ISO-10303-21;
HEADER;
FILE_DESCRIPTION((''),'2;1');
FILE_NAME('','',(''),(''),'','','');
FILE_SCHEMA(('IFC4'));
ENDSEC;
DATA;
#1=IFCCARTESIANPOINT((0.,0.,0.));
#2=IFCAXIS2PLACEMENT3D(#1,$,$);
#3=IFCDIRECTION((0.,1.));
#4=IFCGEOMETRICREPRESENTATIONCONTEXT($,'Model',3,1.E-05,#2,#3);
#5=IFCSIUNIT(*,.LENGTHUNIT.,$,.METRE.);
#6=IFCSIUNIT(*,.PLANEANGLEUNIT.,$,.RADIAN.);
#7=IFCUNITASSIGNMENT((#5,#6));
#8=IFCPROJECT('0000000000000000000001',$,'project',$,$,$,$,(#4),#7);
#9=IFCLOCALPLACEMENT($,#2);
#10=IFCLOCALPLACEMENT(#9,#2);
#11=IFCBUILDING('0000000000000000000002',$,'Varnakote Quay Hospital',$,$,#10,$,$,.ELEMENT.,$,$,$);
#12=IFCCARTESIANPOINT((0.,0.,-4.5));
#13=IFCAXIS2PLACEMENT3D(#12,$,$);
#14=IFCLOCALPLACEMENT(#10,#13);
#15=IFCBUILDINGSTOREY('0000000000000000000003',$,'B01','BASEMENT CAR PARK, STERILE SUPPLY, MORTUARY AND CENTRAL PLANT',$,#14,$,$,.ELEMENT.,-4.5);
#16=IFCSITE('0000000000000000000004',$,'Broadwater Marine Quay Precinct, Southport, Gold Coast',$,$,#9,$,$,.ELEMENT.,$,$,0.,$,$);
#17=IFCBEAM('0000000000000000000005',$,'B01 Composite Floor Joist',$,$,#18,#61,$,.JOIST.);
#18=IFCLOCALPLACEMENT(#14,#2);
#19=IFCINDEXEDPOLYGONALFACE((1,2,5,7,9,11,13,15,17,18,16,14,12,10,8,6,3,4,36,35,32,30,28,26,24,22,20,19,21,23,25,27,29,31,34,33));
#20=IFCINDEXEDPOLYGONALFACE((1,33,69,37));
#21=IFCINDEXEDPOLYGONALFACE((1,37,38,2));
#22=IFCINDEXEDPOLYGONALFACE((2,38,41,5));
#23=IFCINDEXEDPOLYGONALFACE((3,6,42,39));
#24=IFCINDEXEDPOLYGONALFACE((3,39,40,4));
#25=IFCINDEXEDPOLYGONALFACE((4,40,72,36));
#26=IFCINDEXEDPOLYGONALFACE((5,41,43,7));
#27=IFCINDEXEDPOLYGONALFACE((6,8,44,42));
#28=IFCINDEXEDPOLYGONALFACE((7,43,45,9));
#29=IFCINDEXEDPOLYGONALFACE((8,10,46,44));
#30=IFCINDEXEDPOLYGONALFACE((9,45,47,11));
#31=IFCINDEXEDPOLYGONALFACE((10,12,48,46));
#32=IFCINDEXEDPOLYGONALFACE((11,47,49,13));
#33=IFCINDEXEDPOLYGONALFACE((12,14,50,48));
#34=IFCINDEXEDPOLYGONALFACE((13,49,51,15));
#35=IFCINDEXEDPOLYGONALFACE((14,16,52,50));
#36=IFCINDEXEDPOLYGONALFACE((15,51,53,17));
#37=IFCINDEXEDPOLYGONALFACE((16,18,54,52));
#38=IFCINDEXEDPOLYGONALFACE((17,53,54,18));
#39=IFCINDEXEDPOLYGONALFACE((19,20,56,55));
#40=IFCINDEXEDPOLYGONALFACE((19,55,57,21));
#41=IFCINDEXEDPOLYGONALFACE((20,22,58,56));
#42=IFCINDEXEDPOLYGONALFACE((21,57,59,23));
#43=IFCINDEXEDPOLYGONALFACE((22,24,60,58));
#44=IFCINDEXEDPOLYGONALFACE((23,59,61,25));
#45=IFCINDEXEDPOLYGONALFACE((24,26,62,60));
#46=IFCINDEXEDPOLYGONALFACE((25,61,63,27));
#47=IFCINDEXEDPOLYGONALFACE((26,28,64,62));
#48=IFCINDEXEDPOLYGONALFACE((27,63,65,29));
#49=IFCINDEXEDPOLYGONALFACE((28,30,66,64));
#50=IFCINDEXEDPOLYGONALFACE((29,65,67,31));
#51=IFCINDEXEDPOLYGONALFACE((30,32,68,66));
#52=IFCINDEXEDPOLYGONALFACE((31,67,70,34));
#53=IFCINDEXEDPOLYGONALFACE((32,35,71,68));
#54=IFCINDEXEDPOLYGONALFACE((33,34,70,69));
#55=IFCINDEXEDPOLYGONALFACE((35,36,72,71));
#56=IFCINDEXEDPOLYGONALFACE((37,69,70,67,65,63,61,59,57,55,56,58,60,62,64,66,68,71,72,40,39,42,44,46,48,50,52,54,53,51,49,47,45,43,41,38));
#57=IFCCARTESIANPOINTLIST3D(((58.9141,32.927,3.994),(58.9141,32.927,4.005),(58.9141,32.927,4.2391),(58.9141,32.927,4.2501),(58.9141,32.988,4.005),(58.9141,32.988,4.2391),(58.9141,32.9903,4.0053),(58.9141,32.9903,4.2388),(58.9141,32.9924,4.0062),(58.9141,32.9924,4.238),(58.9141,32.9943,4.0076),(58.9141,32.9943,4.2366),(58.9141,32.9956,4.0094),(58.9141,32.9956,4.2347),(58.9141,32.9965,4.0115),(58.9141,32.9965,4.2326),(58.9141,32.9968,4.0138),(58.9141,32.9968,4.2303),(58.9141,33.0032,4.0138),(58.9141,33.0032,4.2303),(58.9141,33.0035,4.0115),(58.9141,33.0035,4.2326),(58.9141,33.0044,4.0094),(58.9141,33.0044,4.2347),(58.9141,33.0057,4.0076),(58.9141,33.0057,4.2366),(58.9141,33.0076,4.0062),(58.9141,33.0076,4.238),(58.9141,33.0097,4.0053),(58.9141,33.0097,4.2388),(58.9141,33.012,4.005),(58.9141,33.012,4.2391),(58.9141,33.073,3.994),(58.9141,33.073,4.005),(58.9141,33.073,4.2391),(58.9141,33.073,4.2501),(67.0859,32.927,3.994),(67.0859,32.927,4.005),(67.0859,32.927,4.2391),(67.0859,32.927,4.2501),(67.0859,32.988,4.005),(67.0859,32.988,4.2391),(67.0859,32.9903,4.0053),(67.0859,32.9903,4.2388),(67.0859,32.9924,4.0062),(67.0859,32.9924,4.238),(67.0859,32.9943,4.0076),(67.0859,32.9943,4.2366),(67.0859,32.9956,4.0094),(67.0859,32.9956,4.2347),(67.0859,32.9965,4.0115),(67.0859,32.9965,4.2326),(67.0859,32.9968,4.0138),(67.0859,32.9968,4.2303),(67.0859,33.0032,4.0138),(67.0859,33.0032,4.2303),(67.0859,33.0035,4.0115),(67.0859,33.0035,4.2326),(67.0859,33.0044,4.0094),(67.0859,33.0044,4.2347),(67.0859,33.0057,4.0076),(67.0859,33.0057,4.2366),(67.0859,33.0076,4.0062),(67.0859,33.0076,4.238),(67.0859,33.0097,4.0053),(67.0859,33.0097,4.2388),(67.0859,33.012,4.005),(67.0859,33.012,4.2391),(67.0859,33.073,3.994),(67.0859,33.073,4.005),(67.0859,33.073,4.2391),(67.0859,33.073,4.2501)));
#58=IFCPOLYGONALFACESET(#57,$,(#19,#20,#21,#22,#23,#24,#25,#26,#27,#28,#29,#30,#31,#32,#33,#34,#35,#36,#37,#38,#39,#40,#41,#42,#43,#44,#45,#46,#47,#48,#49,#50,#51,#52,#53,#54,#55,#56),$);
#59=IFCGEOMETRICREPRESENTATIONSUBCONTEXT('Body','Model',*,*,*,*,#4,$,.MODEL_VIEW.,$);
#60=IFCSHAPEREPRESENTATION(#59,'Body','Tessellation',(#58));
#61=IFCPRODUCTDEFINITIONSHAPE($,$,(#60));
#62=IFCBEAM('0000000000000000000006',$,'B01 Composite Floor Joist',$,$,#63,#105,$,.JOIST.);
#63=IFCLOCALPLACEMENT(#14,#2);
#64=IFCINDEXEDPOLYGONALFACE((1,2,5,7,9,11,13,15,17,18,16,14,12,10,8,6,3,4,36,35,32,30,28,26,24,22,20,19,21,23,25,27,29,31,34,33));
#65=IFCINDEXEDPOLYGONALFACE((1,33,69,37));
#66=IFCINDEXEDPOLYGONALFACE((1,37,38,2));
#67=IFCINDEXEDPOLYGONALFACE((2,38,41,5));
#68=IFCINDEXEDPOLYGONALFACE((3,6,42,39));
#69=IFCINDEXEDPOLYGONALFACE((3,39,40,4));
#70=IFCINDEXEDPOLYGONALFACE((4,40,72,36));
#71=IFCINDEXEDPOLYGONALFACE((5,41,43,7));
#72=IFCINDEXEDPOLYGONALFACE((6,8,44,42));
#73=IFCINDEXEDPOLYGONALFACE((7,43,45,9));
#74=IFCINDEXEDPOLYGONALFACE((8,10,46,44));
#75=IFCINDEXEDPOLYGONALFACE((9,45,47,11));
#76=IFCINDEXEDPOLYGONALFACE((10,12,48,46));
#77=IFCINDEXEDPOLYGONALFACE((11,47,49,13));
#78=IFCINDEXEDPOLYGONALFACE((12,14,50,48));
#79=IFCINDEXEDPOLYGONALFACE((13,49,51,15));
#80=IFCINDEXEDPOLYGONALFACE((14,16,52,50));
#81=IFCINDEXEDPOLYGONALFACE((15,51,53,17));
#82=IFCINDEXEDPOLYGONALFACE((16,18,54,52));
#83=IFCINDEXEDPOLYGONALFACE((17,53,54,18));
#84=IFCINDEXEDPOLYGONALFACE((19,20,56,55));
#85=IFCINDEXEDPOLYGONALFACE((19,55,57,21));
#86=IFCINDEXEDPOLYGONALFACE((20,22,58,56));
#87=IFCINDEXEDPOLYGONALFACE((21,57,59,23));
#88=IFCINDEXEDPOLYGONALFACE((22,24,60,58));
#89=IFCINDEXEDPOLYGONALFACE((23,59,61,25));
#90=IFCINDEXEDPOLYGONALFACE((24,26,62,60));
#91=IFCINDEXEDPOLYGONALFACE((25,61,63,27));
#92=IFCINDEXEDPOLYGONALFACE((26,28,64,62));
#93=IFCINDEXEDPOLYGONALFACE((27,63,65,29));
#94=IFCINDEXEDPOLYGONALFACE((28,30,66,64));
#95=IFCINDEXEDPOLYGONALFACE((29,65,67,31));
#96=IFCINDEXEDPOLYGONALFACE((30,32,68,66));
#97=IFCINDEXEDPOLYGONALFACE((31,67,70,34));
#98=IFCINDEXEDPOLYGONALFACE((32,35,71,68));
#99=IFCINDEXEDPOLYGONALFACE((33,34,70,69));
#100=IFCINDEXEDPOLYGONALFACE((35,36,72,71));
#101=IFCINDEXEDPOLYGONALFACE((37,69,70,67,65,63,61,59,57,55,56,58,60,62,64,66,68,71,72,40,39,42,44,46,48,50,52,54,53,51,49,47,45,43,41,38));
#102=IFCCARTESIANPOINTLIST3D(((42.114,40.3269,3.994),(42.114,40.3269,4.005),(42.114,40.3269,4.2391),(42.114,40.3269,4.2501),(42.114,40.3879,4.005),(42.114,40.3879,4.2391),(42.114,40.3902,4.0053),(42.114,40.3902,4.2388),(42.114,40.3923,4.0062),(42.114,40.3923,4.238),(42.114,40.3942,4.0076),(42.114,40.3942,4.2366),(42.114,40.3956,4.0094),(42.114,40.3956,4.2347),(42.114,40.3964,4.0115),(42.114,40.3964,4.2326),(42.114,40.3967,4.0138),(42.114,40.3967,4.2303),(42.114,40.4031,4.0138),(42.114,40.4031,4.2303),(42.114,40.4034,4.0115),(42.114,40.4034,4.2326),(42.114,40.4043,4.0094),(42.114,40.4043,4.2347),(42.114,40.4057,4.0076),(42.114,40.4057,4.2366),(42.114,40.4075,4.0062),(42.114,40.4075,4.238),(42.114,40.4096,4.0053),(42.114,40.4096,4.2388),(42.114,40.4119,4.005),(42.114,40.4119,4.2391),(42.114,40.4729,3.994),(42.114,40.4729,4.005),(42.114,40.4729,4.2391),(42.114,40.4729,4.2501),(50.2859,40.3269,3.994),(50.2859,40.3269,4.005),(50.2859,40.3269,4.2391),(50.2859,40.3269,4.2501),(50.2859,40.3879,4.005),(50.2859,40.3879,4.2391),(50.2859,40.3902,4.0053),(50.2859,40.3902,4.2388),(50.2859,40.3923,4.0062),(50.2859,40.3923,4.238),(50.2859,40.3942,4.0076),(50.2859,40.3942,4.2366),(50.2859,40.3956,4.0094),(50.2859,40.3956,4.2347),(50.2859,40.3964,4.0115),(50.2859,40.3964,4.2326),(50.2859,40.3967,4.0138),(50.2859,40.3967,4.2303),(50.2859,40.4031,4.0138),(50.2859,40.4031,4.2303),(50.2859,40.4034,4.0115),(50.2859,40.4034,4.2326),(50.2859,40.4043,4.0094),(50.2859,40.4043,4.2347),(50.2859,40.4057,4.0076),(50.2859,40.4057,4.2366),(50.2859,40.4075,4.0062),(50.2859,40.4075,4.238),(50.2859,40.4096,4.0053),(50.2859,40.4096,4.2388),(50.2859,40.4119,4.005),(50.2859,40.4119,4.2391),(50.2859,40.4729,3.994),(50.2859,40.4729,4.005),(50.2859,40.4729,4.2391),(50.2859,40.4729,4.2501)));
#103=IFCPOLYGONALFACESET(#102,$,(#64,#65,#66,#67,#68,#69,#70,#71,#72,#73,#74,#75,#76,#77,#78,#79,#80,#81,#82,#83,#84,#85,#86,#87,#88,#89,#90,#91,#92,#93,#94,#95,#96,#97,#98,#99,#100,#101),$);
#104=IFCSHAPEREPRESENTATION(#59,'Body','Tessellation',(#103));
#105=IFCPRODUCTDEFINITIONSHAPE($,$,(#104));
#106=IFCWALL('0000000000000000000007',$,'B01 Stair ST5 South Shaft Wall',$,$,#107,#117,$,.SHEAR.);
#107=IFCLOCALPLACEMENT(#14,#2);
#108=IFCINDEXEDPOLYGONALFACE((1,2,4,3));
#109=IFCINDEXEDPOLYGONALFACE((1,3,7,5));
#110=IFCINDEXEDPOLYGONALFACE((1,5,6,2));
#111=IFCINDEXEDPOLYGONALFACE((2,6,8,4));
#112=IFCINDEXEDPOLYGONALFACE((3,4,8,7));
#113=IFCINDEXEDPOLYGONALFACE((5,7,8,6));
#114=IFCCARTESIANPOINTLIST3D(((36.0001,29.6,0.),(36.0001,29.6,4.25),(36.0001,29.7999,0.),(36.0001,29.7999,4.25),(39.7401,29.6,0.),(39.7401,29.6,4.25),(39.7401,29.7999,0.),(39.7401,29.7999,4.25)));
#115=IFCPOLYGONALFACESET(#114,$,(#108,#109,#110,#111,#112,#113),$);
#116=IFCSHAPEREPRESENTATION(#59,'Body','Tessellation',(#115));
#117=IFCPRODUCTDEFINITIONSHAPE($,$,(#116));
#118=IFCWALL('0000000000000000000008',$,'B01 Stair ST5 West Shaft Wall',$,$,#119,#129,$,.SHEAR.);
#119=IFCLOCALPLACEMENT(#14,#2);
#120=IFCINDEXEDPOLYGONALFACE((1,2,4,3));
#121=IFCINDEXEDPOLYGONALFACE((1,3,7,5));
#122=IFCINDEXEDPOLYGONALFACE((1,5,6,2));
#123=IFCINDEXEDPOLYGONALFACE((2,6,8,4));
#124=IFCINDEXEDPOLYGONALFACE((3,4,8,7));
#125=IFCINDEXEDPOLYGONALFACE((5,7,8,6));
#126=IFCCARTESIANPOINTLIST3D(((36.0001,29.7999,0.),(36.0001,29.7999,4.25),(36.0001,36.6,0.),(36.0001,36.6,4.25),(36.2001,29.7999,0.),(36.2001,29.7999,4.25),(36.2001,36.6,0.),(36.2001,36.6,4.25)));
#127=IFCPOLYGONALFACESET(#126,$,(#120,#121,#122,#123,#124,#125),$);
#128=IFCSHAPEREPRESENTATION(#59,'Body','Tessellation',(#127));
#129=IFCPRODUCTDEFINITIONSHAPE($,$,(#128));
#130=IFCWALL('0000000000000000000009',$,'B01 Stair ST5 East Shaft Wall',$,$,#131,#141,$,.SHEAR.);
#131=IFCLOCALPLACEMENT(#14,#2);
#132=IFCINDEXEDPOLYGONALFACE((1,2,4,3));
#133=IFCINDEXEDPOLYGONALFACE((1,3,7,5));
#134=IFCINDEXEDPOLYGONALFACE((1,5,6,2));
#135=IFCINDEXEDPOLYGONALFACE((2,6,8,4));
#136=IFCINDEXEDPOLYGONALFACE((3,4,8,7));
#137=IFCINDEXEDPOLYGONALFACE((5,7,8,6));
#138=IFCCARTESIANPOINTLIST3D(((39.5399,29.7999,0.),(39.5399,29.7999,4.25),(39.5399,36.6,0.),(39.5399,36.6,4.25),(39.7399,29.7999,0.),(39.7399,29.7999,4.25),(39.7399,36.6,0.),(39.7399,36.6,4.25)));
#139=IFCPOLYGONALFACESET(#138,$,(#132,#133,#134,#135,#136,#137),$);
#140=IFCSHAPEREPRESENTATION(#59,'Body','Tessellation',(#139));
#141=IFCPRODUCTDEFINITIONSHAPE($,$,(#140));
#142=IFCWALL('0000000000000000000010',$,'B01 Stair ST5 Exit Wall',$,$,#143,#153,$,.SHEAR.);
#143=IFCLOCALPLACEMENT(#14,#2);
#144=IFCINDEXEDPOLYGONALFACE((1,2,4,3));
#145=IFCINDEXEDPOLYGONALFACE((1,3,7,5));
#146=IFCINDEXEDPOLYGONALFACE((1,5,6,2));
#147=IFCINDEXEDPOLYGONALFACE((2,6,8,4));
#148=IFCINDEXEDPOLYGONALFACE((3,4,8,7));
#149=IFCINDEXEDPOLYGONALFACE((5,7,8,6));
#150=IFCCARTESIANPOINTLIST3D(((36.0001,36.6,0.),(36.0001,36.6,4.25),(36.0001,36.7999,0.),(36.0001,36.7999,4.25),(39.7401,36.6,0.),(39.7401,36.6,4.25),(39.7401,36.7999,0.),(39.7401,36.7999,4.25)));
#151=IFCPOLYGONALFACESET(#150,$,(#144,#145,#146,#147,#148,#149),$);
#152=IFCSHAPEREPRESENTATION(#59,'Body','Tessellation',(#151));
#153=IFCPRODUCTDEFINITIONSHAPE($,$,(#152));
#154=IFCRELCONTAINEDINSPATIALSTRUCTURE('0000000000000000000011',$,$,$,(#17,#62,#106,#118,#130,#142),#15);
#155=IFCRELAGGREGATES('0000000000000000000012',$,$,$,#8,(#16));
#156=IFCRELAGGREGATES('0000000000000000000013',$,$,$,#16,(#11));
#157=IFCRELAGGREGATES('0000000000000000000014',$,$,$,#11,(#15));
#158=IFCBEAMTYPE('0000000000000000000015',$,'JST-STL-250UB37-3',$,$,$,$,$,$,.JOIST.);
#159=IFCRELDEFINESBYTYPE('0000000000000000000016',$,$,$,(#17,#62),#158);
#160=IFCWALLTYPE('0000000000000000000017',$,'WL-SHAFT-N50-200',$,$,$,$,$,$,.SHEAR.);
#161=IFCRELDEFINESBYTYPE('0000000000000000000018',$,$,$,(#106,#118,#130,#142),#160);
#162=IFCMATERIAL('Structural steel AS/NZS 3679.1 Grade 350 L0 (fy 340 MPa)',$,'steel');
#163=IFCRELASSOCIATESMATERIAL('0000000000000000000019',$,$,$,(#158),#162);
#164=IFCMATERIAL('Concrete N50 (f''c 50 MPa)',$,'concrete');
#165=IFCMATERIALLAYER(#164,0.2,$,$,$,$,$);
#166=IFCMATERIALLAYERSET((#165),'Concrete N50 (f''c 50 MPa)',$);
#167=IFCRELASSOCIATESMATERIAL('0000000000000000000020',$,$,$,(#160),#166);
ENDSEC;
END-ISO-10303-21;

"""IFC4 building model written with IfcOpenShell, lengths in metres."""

from ifc_helpers import new_model, si_unit, direction, frame, frame_2d, origin, origin_2d, place, context, subcontext, project, spatial, rectangle, i_section, extrude, material, layer, layer_set, material_profile, profile_set, type_object, element, save


model = new_model("IFC4")

# Units and contexts
model_context = context("Model", 3, precision=1e-05, world=origin(), true_north=direction((0.0, 1.0)))
body_context = subcontext(model_context, "Body", "Model", "MODEL_VIEW")
ifc_project = project(units=[si_unit("LENGTHUNIT", "METRE"), si_unit("PLANEANGLEUNIT", "RADIAN")], contexts=[model_context])

# Site, building, storey
site_placement = place(None, origin())
site = spatial("IfcSite", under=ifc_project, at=site_placement, Name="Broadwater Marine Quay Precinct, Southport, Gold Coast", CompositionType="ELEMENT", RefElevation=0.0)
building_placement = place(site_placement, origin())
building = spatial("IfcBuilding", under=site, at=building_placement, Name="Varnakote Quay Hospital", CompositionType="ELEMENT")
storey_placement = place(building_placement, frame((0.0, 0.0, -4.5)))
storey = spatial("IfcBuildingStorey", under=building, at=storey_placement, Name="B01", Description="BASEMENT CAR PARK, STERILE SUPPLY, MORTUARY AND CENTRAL PLANT", CompositionType="ELEMENT", Elevation=-4.5)

# Beams
ifc_material_1 = material(Name="Structural steel AS/NZS 3679.1 Grade 350 L0 (fy 340 MPa)", Category="steel")
ifc_material_profile_1 = material_profile(ifc_material_1, i_section(OverallWidth=0.146, OverallDepth=0.2561, WebThickness=0.0063, FlangeThickness=0.011, FilletRadius=0.0088, at=origin_2d()), Name="250UB37.3")
ifc_profile_set_1 = profile_set([ifc_material_profile_1], Name="Structural steel AS/NZS 3679.1 Grade 350 L0 (fy 340 MPa)")
beam_type_1 = type_object("IfcBeamType", Name="JST-STL-250UB37-3", PredefinedType="JOIST", material=ifc_profile_set_1)
for number, where, z_axis, x_axis, name in (
    (1, (58.9141, 33.0, 4.1221), (1.0, 0.0, 0.0), (0.0, 1.0, 0.0), "B01 Composite Floor Joist"),
    (2, (42.114, 40.3999, 4.1221), (1.0, 0.0, 0.0), (0.0, 1.0, 0.0), "B01 Composite Floor Joist"),
):
    element("IfcBeam", number, at=place(storey_placement, frame(where, z_axis=z_axis, x_axis=x_axis)), inside=storey, type_object=beam_type_1, Name=name, PredefinedType="JOIST", context=body_context, shape_type="SweptSolid", body=[
        extrude(i_section(OverallWidth=0.146, OverallDepth=0.2561, WebThickness=0.0063, FlangeThickness=0.011, FilletRadius=0.0088, at=origin_2d()), origin(), (0.0, 0.0, 1.0), 8.1719),
    ])

# Walls
ifc_material_2 = material(Name="Concrete N50 (f'c 50 MPa)", Category="concrete")
ifc_layer = layer(ifc_material_2, 0.2)
ifc_layer_set = layer_set([ifc_layer], Name="Concrete N50 (f'c 50 MPa)")
wall_type = type_object("IfcWallType", Name="WL-SHAFT-N50-200", PredefinedType="SHEAR", material=ifc_layer_set)
wall_1_placement = place(storey_placement, frame((36.0, 29.7, 0.0), z_axis=(0.0, 0.0, 1.0), x_axis=(1.0, 0.0, 0.0)))
element("IfcWall", 3, at=wall_1_placement, inside=storey, type_object=wall_type, Name="B01 Stair ST5 South Shaft Wall", PredefinedType="SHEAR", context=body_context, shape_type="SweptSolid", body=[
    extrude(rectangle(XDim=3.74, YDim=0.2, at=frame_2d((1.8701, 0.0))), origin(), (0.0, 0.0, 1.0), 4.25),
])
for number, where, z_axis, x_axis, name in (
    (4, (36.1001, 29.8, 0.0), (0.0, 0.0, 1.0), (0.0, 1.0, 0.0), "B01 Stair ST5 West Shaft Wall"),
    (5, (39.6399, 29.8, 0.0), (0.0, 0.0, 1.0), (0.0, 1.0, 0.0), "B01 Stair ST5 East Shaft Wall"),
):
    element("IfcWall", number, at=place(storey_placement, frame(where, z_axis=z_axis, x_axis=x_axis)), inside=storey, type_object=wall_type, Name=name, PredefinedType="SHEAR", context=body_context, shape_type="SweptSolid", body=[
        extrude(rectangle(XDim=6.8, YDim=0.2, at=frame_2d((3.3999, 0.0))), origin(), (0.0, 0.0, 1.0), 4.25),
    ])
wall_2_placement = place(storey_placement, frame((36.0, 36.7, 0.0), z_axis=(0.0, 0.0, 1.0), x_axis=(1.0, 0.0, 0.0)))
element("IfcWall", 6, at=wall_2_placement, inside=storey, type_object=wall_type, Name="B01 Stair ST5 Exit Wall", PredefinedType="SHEAR", context=body_context, shape_type="SweptSolid", body=[
    extrude(rectangle(XDim=3.74, YDim=0.2, at=frame_2d((1.8701, 0.0))), origin(), (0.0, 0.0, 1.0), 4.25),
])

save(model, "model.ifc")
